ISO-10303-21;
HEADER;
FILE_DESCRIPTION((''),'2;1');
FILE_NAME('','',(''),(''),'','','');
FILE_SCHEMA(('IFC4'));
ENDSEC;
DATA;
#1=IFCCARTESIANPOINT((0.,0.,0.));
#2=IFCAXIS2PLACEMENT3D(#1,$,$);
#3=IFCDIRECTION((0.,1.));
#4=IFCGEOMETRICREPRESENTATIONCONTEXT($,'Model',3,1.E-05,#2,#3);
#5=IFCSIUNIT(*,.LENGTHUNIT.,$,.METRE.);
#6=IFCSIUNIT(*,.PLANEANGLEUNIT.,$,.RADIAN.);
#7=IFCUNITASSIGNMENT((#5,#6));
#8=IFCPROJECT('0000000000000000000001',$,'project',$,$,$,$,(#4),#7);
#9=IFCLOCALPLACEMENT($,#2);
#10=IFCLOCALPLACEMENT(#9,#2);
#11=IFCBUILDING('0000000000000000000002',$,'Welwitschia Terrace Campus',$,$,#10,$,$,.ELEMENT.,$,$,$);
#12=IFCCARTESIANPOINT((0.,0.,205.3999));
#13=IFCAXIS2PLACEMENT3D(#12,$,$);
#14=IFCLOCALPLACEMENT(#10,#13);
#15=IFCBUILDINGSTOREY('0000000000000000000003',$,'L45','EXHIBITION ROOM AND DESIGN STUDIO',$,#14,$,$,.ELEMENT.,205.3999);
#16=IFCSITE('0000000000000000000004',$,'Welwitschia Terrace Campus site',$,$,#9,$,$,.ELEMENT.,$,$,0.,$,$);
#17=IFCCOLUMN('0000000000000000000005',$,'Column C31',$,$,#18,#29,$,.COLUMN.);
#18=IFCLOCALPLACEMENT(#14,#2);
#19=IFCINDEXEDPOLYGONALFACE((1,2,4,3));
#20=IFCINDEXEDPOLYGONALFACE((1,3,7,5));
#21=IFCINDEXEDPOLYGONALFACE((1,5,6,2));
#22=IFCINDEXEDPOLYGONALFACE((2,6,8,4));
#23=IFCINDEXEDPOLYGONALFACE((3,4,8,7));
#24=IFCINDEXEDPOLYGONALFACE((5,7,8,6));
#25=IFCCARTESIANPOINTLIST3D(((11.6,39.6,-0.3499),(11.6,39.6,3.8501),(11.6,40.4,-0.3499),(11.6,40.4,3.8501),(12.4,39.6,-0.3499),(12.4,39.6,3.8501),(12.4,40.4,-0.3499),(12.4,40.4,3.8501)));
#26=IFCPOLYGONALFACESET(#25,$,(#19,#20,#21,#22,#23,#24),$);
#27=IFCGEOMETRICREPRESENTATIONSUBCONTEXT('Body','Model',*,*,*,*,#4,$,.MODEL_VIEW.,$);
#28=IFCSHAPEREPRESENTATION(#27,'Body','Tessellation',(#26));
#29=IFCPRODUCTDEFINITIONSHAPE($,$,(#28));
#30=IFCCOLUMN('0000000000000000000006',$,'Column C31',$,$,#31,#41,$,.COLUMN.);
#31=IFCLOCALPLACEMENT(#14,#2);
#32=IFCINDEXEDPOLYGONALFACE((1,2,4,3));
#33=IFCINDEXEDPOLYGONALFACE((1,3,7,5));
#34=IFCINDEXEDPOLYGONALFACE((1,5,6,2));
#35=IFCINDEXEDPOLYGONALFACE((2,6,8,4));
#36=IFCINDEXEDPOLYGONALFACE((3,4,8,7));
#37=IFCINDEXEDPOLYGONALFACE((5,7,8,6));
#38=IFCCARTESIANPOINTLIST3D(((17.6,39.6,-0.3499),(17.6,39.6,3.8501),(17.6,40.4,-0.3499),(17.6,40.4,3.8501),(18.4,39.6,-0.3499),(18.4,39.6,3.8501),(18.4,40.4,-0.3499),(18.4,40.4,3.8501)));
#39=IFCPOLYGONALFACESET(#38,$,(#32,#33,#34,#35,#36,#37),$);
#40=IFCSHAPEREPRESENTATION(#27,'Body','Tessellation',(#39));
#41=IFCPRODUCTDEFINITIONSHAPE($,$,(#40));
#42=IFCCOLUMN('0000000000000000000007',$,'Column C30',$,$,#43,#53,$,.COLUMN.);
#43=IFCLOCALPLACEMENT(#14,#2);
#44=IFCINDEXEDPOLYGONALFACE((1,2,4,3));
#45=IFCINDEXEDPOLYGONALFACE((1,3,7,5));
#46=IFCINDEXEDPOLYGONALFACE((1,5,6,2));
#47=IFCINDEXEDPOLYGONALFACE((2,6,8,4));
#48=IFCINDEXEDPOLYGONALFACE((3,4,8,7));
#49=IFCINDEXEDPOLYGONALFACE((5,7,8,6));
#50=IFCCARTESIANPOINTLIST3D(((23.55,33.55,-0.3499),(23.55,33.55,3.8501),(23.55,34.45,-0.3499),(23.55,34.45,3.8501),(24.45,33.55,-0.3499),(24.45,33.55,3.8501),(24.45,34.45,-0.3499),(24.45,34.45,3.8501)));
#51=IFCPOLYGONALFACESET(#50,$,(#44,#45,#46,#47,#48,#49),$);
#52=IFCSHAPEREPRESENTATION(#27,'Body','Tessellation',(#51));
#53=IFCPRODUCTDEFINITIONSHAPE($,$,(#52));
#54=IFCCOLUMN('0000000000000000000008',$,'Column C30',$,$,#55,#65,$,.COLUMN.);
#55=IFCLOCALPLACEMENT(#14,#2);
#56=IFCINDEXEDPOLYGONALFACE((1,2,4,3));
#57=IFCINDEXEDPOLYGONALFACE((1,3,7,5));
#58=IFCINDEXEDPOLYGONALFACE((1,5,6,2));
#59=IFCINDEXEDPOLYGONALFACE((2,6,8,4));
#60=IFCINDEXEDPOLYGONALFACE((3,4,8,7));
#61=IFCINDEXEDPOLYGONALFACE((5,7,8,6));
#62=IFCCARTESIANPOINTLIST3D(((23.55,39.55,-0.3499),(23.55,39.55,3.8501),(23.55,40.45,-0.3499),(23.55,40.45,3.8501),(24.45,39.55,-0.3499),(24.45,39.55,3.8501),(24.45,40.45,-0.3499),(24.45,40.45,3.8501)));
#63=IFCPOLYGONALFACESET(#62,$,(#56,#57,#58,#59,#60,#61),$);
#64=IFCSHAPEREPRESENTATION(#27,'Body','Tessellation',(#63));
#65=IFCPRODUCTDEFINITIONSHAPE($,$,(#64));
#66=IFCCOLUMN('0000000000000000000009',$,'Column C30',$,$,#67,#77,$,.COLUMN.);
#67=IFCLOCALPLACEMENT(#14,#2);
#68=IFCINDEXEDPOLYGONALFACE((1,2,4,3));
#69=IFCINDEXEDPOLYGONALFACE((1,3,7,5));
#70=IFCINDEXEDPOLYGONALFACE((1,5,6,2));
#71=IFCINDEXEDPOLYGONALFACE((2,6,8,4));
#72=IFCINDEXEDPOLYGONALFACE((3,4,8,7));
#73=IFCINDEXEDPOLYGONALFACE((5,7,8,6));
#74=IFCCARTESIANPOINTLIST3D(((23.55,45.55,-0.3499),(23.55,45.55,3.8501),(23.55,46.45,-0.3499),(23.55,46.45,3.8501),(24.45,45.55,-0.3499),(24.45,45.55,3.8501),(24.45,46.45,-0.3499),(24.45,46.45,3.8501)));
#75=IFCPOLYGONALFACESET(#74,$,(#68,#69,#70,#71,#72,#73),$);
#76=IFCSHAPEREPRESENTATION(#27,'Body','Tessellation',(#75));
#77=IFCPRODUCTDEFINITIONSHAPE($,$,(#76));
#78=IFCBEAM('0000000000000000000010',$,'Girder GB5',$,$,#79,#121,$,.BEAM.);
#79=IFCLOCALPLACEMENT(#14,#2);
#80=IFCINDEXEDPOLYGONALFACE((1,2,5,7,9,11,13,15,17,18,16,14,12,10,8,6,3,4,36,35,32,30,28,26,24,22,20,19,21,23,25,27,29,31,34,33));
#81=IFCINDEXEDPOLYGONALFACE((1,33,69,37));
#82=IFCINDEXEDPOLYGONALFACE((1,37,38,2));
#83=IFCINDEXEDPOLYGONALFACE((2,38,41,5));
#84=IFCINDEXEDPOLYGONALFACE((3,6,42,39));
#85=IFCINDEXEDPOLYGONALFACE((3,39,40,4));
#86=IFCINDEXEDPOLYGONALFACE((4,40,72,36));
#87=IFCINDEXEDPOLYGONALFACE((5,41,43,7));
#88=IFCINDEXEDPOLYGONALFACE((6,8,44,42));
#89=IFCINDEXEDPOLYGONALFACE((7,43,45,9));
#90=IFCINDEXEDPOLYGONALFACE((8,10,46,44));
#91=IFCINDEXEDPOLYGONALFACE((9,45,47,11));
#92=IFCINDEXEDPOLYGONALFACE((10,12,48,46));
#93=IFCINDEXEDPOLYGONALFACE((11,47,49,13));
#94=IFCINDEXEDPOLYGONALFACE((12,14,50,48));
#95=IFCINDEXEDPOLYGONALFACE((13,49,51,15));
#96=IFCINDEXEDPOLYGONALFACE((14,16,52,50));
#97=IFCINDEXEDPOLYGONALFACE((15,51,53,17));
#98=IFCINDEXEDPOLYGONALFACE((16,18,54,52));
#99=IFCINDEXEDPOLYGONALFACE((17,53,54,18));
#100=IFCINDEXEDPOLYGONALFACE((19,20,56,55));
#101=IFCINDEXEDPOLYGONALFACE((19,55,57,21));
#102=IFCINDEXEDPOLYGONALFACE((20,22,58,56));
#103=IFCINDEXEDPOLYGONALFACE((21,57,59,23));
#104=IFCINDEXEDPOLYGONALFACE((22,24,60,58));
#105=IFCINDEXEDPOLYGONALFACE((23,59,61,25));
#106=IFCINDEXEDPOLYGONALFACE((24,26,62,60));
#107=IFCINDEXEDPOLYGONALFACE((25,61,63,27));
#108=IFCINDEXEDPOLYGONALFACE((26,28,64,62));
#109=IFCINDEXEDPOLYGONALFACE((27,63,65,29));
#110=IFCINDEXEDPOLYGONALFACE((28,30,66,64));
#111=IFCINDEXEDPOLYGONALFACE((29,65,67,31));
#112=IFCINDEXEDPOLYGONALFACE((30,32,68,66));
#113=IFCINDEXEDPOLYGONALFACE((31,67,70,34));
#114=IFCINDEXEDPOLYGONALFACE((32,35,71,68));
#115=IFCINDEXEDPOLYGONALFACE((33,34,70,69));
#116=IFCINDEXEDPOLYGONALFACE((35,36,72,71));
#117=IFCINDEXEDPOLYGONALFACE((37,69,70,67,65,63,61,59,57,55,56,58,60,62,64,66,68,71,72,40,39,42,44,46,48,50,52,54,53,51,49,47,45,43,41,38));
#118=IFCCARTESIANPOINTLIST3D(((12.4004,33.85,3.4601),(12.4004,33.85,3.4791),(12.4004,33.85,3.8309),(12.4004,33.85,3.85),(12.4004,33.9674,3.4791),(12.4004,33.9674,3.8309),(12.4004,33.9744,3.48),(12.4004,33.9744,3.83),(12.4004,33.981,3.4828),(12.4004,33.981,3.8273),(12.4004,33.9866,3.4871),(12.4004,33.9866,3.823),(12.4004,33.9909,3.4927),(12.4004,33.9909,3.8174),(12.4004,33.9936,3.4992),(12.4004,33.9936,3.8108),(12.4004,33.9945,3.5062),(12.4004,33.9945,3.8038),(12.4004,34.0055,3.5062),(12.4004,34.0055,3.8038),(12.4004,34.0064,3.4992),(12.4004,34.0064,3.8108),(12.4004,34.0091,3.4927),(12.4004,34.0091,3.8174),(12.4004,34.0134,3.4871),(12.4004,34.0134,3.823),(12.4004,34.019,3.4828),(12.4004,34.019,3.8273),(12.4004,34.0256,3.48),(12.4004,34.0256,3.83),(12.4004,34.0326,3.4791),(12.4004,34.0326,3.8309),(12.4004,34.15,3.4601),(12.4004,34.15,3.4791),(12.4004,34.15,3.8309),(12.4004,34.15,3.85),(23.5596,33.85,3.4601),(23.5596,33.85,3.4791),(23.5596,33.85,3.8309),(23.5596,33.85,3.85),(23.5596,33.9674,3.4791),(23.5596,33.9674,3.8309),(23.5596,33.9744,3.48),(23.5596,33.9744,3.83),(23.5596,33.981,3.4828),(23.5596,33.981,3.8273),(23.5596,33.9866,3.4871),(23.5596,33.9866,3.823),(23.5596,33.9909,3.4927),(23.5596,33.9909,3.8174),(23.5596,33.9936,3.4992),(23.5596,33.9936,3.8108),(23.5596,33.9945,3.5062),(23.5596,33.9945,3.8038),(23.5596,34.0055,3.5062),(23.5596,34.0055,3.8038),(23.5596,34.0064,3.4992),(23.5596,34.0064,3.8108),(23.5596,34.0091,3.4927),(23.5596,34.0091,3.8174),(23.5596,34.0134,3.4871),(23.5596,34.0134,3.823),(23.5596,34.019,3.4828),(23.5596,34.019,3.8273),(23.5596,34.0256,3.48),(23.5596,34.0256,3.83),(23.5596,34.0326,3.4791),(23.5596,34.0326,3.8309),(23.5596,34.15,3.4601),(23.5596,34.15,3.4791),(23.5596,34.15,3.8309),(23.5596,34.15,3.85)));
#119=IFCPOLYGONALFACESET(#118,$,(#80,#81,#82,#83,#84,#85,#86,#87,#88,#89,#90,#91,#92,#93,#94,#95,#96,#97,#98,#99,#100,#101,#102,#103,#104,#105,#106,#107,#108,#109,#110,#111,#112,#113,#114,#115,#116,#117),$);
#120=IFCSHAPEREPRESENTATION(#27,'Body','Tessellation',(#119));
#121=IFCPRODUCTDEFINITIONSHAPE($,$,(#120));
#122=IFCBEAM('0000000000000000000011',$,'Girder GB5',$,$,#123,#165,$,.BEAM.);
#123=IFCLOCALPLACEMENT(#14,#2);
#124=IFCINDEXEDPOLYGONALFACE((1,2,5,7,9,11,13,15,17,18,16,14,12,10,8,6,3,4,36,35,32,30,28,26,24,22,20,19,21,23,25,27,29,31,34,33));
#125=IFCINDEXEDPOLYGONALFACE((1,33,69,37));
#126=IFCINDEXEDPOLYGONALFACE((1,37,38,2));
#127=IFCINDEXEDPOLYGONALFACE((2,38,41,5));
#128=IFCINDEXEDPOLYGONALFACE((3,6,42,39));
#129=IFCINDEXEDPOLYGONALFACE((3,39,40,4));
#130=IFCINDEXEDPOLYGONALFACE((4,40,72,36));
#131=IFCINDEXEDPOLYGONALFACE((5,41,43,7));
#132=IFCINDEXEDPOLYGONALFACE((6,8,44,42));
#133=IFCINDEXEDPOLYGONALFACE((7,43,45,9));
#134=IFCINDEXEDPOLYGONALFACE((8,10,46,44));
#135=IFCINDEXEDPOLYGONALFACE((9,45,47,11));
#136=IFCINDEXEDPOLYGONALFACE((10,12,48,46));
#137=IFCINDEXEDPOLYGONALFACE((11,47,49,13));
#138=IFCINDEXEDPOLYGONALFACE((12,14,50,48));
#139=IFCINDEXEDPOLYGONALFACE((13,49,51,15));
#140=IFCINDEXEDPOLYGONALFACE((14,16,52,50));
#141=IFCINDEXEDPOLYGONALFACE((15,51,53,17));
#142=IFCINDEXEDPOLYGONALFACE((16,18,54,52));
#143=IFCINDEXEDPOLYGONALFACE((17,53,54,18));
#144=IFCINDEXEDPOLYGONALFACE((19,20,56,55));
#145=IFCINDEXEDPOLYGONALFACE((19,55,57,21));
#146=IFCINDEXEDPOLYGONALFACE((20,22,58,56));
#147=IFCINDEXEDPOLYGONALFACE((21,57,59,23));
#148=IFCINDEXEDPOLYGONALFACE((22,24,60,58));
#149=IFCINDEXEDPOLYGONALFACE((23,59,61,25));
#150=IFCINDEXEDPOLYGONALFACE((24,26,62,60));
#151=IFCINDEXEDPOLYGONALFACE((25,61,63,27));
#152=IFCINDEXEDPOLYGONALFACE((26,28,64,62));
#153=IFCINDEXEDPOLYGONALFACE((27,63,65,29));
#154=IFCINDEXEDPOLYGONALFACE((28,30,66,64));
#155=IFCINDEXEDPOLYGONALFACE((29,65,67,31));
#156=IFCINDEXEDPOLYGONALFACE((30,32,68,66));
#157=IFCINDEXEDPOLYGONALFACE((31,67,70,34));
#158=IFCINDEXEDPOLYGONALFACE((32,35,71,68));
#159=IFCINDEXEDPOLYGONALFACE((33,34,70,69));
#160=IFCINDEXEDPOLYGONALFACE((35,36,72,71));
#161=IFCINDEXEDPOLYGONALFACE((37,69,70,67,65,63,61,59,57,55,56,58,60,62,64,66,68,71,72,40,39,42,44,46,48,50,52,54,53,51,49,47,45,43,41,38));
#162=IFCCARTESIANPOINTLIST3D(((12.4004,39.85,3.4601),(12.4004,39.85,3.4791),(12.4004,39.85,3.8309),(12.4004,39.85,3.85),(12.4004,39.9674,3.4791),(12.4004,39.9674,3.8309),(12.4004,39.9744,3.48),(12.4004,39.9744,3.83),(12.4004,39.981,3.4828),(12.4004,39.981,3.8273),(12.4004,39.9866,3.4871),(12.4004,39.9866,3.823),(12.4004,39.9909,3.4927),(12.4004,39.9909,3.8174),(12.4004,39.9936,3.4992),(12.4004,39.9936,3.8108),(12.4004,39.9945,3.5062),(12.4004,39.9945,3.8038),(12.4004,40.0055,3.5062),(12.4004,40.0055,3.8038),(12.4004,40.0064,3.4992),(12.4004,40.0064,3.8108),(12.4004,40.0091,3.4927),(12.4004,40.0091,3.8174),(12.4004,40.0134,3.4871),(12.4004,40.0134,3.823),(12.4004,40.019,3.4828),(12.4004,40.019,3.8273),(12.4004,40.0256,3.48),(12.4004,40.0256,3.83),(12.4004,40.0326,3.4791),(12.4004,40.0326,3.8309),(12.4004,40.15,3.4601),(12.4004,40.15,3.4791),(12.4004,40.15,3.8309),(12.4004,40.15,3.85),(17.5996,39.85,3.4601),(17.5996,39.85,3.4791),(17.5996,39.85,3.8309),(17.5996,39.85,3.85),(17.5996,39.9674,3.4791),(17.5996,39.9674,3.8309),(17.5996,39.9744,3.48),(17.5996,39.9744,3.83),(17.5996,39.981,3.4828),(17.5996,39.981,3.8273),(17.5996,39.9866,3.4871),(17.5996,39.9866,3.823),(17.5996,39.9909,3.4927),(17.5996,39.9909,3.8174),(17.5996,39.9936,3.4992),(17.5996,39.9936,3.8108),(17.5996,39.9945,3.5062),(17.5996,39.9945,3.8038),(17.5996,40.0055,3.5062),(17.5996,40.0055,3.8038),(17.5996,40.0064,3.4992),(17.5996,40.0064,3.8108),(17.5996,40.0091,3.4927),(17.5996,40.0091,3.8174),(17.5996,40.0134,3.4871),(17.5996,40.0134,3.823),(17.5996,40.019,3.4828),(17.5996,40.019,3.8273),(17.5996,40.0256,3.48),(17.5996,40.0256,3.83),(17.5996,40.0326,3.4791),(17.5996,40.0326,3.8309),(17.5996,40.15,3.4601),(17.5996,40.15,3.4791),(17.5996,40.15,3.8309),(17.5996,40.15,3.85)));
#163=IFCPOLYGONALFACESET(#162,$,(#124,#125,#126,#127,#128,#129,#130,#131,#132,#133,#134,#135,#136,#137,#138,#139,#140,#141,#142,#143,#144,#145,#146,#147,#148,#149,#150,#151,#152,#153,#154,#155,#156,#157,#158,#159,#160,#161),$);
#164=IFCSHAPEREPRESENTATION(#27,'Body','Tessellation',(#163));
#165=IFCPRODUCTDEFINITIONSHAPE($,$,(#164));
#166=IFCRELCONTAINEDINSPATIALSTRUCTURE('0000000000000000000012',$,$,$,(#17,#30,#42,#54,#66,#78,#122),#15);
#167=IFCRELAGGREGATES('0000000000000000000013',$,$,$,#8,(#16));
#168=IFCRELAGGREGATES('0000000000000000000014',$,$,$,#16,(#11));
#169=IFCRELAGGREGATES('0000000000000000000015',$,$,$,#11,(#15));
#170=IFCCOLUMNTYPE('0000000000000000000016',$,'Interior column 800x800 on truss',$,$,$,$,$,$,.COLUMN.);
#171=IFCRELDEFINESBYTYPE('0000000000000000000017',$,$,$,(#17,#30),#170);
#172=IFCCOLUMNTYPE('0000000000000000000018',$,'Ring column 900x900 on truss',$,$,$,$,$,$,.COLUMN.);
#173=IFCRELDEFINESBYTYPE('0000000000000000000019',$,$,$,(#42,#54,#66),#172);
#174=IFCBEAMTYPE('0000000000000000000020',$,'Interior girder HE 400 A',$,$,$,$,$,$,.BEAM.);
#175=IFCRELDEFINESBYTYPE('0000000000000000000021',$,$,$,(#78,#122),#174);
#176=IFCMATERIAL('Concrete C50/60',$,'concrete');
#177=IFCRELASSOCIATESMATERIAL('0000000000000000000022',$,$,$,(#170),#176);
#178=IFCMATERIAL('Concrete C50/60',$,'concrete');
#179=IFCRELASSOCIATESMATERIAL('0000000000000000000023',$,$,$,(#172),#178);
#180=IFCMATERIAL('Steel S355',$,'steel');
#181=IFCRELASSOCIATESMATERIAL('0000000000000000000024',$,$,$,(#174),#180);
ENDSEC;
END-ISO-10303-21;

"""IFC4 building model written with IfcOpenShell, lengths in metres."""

from ifc_helpers import new_model, si_unit, direction, frame, origin, origin_2d, place, context, subcontext, project, spatial, rectangle, i_section, extrude, material, material_profile, profile_set, type_object, element, save


model = new_model("IFC4")

# Units and contexts
model_context = context("Model", 3, precision=1e-05, world=origin(), true_north=direction((0.0, 1.0)))
body_context = subcontext(model_context, "Body", "Model", "MODEL_VIEW")
ifc_project = project(units=[si_unit("LENGTHUNIT", "METRE"), si_unit("PLANEANGLEUNIT", "RADIAN")], contexts=[model_context])

# Site, building, storey
site_placement = place(None, origin())
site = spatial("IfcSite", under=ifc_project, at=site_placement, Name="Welwitschia Terrace Campus site", CompositionType="ELEMENT", RefElevation=0.0)
building_placement = place(site_placement, origin())
building = spatial("IfcBuilding", under=site, at=building_placement, Name="Welwitschia Terrace Campus", CompositionType="ELEMENT")
storey_placement = place(building_placement, frame((0.0, 0.0, 205.3999)))
storey = spatial("IfcBuildingStorey", under=building, at=storey_placement, Name="L45", Description="EXHIBITION ROOM AND DESIGN STUDIO", CompositionType="ELEMENT", Elevation=205.3999)

# Columns
ifc_material_1 = material(Name="Concrete C50/60", Category="concrete")
ifc_material_profile_1 = material_profile(ifc_material_1, rectangle(XDim=0.8, YDim=0.8, at=origin_2d()))
ifc_profile_set_1 = profile_set([ifc_material_profile_1], Name="Concrete C50/60")
column_type_1 = type_object("IfcColumnType", Name="Interior column 800x800 on truss", PredefinedType="COLUMN", material=ifc_profile_set_1)
for number, where, z_axis, x_axis, name in (
    (1, (12.0, 40.0, -0.3499), (0.0, 0.0, 1.0), (1.0, 0.0, 0.0), "Column C31"),
    (2, (18.0, 40.0, -0.3499), (0.0, 0.0, 1.0), (1.0, 0.0, 0.0), "Column C31"),
):
    element("IfcColumn", number, at=place(storey_placement, frame(where, z_axis=z_axis, x_axis=x_axis)), inside=storey, type_object=column_type_1, Name=name, PredefinedType="COLUMN", context=body_context, shape_type="SweptSolid", body=[
        extrude(rectangle(XDim=0.8, YDim=0.8, at=origin_2d()), origin(), (0.0, 0.0, 1.0), 4.2),
    ])
ifc_material_2 = material(Name="Concrete C50/60", Category="concrete")
ifc_material_profile_2 = material_profile(ifc_material_2, rectangle(XDim=0.8999, YDim=0.8999, at=origin_2d()))
ifc_profile_set_2 = profile_set([ifc_material_profile_2], Name="Concrete C50/60")
column_type_2 = type_object("IfcColumnType", Name="Ring column 900x900 on truss", PredefinedType="COLUMN", material=ifc_profile_set_2)
for number, where, z_axis, x_axis, name in (
    (3, (24.0, 34.0, -0.3499), (0.0, 0.0, 1.0), (1.0, 0.0, 0.0), "Column C30"),
    (4, (24.0, 40.0, -0.3499), (0.0, 0.0, 1.0), (1.0, 0.0, 0.0), "Column C30"),
    (5, (24.0, 46.0, -0.3499), (0.0, 0.0, 1.0), (1.0, 0.0, 0.0), "Column C30"),
):
    element("IfcColumn", number, at=place(storey_placement, frame(where, z_axis=z_axis, x_axis=x_axis)), inside=storey, type_object=column_type_2, Name=name, PredefinedType="COLUMN", context=body_context, shape_type="SweptSolid", body=[
        extrude(rectangle(XDim=0.8999, YDim=0.8999, at=origin_2d()), origin(), (0.0, 0.0, 1.0), 4.2),
    ])

# Beams
ifc_material_3 = material(Name="Steel S355", Category="steel")
ifc_material_profile_3 = material_profile(ifc_material_3, i_section(OverallWidth=0.3, OverallDepth=0.3899, WebThickness=0.011, FlangeThickness=0.019, FilletRadius=0.0271, at=origin_2d()))
ifc_profile_set_3 = profile_set([ifc_material_profile_3], Name="Steel S355")
beam_type_1 = type_object("IfcBeamType", Name="Interior girder HE 400 A", PredefinedType="BEAM", material=ifc_profile_set_3)
beam_1_placement = place(storey_placement, frame((12.4004, 34.0, 3.655), z_axis=(1.0, 0.0, 0.0), x_axis=(0.0, 1.0, 0.0)))
element("IfcBeam", 6, at=beam_1_placement, inside=storey, type_object=beam_type_1, Name="Girder GB5", PredefinedType="BEAM", context=body_context, shape_type="SweptSolid", body=[
    extrude(i_section(OverallWidth=0.3, OverallDepth=0.3899, WebThickness=0.011, FlangeThickness=0.019, FilletRadius=0.0271, at=origin_2d()), origin(), (0.0, 0.0, 1.0), 11.1592),
])
beam_2_placement = place(storey_placement, frame((12.4004, 40.0, 3.655), z_axis=(1.0, 0.0, 0.0), x_axis=(0.0, 1.0, 0.0)))
element("IfcBeam", 7, at=beam_2_placement, inside=storey, type_object=beam_type_1, Name="Girder GB5", PredefinedType="BEAM", context=body_context, shape_type="SweptSolid", body=[
    extrude(i_section(OverallWidth=0.3, OverallDepth=0.3899, WebThickness=0.011, FlangeThickness=0.019, FilletRadius=0.0271, at=origin_2d()), origin(), (0.0, 0.0, 1.0), 5.1992),
])

save(model, "model.ifc")
